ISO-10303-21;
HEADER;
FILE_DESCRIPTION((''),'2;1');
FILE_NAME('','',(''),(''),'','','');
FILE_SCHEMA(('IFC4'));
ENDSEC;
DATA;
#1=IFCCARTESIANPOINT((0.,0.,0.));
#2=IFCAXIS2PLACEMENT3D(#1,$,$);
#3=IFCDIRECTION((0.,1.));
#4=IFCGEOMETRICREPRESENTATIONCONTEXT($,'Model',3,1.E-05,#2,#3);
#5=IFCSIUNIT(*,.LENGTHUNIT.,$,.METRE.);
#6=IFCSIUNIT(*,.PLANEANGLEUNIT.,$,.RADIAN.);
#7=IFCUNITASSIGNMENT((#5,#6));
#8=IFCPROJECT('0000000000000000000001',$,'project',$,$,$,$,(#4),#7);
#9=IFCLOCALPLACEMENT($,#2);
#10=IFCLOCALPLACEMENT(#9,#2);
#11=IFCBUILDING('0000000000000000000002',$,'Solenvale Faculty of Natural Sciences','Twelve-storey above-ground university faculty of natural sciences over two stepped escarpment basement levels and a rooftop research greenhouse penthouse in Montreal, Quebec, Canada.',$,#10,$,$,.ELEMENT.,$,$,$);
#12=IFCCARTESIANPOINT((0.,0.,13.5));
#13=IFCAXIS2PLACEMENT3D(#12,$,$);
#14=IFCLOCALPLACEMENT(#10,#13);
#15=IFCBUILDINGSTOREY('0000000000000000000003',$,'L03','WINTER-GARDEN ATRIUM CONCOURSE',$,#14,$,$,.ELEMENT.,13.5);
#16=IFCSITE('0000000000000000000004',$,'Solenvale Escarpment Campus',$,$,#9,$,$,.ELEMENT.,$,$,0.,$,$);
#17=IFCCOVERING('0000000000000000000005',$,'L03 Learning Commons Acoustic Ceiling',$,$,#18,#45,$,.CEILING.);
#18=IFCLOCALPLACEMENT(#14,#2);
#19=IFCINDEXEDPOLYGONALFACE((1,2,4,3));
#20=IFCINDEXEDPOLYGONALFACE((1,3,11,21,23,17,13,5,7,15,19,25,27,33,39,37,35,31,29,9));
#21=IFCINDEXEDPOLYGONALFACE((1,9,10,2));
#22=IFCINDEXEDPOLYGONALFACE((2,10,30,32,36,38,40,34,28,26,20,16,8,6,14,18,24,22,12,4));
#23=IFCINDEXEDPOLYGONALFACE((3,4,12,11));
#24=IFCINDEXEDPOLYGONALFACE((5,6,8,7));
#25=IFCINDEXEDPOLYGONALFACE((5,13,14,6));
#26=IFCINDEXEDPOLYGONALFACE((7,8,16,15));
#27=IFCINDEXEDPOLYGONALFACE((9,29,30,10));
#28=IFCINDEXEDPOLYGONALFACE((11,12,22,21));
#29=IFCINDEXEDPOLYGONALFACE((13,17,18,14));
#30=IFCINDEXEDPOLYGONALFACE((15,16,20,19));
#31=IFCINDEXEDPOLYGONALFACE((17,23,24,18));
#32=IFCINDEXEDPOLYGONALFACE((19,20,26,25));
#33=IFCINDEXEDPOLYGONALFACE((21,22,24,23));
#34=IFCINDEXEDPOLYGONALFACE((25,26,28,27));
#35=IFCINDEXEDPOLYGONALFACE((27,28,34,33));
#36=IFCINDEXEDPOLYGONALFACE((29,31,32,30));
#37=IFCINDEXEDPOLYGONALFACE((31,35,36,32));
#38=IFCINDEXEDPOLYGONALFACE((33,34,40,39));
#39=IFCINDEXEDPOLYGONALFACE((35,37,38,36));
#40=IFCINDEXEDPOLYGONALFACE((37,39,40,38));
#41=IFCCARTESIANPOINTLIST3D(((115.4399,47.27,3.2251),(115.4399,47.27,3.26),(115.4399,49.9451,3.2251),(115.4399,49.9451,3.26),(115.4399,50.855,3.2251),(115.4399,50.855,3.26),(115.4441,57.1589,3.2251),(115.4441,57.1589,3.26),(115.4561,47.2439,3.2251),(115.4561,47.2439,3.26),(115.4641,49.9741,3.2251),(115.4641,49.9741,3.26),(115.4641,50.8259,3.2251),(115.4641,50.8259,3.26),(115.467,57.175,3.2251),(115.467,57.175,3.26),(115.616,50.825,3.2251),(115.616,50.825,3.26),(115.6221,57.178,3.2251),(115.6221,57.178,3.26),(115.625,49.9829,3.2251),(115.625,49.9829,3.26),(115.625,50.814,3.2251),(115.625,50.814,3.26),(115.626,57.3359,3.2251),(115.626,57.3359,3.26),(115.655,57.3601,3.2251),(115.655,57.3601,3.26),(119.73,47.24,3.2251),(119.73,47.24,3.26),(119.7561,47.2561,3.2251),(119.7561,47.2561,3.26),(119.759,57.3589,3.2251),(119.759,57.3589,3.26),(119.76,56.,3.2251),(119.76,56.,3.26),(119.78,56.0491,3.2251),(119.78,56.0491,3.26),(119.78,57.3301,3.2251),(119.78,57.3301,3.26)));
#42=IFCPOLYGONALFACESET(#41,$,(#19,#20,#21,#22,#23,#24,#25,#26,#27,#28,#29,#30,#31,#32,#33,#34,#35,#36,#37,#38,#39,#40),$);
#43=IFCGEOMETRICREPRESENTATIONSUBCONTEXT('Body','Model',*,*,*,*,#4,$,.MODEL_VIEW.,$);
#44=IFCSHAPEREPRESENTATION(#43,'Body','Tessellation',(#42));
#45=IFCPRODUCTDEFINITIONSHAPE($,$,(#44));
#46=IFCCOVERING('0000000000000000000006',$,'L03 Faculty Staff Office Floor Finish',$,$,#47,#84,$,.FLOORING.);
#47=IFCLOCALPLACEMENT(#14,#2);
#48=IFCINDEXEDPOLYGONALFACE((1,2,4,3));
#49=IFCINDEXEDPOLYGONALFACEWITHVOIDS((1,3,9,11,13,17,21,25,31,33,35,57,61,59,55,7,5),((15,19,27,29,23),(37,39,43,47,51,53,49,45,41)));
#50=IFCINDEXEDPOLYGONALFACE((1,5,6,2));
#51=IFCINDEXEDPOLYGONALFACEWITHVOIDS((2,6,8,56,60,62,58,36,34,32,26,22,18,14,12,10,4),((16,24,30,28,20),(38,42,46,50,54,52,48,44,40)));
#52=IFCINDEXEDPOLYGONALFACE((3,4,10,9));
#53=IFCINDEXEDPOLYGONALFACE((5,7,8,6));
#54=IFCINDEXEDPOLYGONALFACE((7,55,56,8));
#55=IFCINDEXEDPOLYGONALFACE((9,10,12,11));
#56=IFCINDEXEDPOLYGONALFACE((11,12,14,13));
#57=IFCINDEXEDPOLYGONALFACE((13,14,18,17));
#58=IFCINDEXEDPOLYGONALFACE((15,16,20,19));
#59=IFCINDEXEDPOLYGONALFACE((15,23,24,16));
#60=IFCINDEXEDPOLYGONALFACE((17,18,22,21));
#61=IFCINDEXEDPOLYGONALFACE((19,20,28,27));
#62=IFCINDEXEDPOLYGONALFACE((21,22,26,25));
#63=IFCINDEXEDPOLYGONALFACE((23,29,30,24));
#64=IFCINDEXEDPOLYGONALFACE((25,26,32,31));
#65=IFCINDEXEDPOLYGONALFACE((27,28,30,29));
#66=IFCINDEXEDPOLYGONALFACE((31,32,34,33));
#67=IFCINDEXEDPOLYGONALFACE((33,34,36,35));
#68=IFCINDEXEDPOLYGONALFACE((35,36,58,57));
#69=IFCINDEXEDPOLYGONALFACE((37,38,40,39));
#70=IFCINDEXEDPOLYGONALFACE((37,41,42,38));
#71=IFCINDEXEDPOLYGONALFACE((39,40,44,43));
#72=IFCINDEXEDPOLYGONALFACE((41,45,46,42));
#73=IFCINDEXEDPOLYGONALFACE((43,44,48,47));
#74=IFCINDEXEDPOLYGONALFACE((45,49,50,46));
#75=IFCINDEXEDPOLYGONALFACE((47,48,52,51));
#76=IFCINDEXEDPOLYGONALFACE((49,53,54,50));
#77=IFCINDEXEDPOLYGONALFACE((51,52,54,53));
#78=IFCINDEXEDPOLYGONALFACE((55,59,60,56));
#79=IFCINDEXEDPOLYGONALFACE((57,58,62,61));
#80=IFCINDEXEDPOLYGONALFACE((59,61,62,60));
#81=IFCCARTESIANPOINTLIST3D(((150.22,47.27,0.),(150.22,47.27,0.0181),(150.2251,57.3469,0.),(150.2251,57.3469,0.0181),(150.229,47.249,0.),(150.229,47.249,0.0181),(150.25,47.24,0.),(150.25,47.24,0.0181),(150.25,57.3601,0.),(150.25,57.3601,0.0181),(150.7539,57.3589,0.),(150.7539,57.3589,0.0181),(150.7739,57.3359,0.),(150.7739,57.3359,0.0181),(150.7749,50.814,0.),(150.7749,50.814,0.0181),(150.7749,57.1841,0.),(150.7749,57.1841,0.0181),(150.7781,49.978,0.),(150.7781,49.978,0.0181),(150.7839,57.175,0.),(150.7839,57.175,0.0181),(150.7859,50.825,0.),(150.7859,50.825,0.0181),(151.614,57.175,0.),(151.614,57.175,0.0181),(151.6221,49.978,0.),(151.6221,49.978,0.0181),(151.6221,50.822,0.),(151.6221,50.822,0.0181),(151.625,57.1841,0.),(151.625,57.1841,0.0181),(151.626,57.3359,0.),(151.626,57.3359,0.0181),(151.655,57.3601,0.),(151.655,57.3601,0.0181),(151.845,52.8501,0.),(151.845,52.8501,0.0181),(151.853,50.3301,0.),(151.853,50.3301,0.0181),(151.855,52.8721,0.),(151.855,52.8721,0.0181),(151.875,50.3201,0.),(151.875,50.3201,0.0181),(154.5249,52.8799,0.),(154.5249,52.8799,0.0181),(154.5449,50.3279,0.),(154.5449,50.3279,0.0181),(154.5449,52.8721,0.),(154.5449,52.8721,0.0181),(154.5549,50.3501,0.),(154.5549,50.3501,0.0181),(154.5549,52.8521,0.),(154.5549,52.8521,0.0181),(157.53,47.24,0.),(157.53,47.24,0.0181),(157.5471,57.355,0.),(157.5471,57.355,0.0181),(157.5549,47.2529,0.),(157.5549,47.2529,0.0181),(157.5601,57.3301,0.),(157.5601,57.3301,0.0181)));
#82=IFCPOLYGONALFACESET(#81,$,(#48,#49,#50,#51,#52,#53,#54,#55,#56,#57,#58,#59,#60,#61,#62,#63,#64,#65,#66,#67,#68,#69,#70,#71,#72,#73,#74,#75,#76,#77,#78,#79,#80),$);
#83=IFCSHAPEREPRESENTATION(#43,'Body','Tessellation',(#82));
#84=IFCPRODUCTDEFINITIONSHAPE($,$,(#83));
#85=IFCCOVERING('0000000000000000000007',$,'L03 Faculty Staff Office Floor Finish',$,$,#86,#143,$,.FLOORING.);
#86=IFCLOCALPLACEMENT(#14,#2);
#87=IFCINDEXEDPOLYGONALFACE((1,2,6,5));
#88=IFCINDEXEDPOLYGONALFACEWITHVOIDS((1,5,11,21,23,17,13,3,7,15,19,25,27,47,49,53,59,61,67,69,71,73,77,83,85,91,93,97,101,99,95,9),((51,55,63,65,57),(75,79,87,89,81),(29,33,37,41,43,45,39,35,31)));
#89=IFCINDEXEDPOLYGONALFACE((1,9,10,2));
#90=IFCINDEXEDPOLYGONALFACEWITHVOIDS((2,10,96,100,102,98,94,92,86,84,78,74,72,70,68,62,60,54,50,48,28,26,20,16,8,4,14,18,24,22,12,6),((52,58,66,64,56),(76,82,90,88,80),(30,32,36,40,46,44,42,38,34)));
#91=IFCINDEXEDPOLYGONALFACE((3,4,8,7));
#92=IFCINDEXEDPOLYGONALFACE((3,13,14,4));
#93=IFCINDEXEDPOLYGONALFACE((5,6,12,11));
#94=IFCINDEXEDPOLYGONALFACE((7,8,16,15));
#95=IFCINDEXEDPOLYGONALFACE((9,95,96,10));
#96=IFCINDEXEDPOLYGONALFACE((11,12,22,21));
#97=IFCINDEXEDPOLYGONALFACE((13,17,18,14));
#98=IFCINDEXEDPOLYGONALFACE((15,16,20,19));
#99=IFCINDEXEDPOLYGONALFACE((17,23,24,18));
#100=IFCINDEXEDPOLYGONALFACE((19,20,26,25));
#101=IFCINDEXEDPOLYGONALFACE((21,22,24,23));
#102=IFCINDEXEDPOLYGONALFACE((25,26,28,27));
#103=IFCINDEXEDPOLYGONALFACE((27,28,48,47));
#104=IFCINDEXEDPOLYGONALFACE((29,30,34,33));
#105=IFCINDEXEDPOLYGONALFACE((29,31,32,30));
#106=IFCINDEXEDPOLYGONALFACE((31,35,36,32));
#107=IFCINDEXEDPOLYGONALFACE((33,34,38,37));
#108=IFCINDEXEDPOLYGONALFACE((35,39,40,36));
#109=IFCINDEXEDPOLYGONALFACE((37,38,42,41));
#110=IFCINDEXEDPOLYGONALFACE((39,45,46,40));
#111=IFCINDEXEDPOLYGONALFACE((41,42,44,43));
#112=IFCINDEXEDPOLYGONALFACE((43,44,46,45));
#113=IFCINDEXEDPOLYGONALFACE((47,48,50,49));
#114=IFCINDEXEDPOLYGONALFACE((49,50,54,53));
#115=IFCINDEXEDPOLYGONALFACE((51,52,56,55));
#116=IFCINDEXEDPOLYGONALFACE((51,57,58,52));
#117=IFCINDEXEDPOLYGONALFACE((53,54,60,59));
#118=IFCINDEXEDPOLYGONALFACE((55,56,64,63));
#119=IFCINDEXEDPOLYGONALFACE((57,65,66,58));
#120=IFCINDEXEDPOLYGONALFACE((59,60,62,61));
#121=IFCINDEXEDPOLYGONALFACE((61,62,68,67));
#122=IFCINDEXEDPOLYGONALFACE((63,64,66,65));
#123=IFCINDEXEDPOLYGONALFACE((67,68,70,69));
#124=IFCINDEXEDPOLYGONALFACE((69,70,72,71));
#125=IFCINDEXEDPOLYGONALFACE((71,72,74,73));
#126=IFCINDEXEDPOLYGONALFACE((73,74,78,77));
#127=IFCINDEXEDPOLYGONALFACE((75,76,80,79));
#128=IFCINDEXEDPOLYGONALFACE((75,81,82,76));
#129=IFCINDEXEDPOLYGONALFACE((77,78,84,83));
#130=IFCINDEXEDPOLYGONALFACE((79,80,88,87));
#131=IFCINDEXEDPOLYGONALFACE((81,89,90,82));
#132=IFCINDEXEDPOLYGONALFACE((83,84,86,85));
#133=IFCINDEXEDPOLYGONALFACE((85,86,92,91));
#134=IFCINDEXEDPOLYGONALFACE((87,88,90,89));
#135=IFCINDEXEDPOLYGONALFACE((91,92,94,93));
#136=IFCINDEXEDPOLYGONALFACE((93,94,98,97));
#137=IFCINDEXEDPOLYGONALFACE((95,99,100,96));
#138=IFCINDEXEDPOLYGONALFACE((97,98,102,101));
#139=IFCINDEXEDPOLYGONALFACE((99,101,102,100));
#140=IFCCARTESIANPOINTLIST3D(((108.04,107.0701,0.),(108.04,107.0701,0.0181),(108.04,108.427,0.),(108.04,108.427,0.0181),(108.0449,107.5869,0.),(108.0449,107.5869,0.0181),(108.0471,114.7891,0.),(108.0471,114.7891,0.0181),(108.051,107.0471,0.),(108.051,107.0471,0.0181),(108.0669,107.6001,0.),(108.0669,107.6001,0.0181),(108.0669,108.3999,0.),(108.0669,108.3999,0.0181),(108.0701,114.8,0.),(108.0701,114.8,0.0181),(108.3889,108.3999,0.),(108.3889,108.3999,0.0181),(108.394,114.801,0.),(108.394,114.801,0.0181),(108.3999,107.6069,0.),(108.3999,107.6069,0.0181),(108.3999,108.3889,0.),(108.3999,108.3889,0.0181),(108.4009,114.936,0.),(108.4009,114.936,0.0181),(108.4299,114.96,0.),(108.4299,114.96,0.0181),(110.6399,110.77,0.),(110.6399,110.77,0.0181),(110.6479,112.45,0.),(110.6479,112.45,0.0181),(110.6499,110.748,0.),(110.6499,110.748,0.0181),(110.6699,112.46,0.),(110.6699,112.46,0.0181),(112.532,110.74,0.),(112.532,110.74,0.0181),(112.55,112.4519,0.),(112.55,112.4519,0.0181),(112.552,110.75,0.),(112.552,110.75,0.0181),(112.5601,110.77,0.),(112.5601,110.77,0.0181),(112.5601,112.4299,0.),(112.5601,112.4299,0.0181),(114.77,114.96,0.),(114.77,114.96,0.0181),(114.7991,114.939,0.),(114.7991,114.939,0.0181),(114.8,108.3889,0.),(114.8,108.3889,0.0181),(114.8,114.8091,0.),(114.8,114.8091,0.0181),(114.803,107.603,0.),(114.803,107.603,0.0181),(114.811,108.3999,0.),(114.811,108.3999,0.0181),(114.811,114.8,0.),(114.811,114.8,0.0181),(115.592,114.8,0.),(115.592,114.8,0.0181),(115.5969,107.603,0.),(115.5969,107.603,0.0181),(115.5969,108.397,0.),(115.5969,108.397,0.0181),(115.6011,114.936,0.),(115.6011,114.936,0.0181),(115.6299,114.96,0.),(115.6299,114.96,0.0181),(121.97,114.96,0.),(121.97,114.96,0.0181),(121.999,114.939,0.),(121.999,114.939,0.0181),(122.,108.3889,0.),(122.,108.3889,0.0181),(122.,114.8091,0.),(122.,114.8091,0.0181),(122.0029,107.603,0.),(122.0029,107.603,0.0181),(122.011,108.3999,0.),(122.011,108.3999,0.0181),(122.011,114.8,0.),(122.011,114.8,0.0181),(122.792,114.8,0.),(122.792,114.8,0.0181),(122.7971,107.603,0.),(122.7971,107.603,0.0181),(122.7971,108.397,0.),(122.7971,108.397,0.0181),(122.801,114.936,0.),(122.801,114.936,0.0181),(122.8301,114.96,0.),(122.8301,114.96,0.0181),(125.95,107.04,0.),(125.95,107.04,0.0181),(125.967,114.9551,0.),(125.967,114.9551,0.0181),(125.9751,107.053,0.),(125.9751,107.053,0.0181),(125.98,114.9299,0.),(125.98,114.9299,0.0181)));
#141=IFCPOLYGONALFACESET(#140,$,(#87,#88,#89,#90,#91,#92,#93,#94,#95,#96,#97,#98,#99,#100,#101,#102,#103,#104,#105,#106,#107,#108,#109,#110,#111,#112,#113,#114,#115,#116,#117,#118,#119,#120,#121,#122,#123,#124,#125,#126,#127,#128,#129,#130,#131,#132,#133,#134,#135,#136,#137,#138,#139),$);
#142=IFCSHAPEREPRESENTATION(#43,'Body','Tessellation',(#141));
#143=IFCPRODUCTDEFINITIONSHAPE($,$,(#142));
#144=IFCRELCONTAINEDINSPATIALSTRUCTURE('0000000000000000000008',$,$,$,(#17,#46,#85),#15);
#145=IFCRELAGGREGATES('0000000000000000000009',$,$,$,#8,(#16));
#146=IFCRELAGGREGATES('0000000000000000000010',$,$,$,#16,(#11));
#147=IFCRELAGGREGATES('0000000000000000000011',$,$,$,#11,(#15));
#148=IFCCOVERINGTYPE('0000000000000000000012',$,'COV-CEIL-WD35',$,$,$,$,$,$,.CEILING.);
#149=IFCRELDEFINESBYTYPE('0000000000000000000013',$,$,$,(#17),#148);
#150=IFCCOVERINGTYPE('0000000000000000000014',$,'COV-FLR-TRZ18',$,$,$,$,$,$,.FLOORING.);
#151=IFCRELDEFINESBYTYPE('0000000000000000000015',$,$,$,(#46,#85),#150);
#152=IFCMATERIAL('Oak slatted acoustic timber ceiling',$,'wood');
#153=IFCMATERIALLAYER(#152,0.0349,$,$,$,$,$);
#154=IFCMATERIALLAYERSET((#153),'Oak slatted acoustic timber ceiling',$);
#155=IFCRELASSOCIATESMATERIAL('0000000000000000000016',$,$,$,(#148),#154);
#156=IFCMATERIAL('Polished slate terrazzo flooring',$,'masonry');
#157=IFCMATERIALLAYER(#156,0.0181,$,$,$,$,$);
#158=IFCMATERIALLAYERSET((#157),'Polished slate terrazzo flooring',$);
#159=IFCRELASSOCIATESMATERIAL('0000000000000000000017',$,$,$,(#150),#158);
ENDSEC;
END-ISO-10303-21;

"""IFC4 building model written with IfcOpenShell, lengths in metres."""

from ifc_helpers import new_model, si_unit, direction, frame, origin, place, context, subcontext, project, spatial, polyline, outline, extrude, material, layer, layer_set, type_object, element, save


model = new_model("IFC4")

# Units and contexts
model_context = context("Model", 3, precision=1e-05, world=origin(), true_north=direction((0.0, 1.0)))
body_context = subcontext(model_context, "Body", "Model", "MODEL_VIEW")
ifc_project = project(units=[si_unit("LENGTHUNIT", "METRE"), si_unit("PLANEANGLEUNIT", "RADIAN")], contexts=[model_context])

# Site, building, storey
site_placement = place(None, origin())
site = spatial("IfcSite", under=ifc_project, at=site_placement, Name="Solenvale Escarpment Campus", CompositionType="ELEMENT", RefElevation=0.0)
building_placement = place(site_placement, origin())
building = spatial("IfcBuilding", under=site, at=building_placement, Name="Solenvale Faculty of Natural Sciences", Description="Twelve-storey above-ground university faculty of natural sciences over two stepped escarpment basement levels and a rooftop research greenhouse penthouse in Montreal, Quebec, Canada.", CompositionType="ELEMENT")
storey_placement = place(building_placement, frame((0.0, 0.0, 13.5)))
storey = spatial("IfcBuildingStorey", under=building, at=storey_placement, Name="L03", Description="WINTER-GARDEN ATRIUM CONCOURSE", CompositionType="ELEMENT", Elevation=13.5)

# Coverings
ifc_material_1 = material(Name="Oak slatted acoustic timber ceiling", Category="wood")
ifc_layer_1 = layer(ifc_material_1, 0.0349)
ifc_layer_set_1 = layer_set([ifc_layer_1], Name="Oak slatted acoustic timber ceiling")
covering_type_1 = type_object("IfcCoveringType", Name="COV-CEIL-WD35", PredefinedType="CEILING", material=ifc_layer_set_1)
covering_1_placement = place(storey_placement, frame((0.0, 0.0, 3.2251)))
element("IfcCovering", 1, at=covering_1_placement, inside=storey, type_object=covering_type_1, Name="L03 Learning Commons Acoustic Ceiling", PredefinedType="CEILING", context=body_context, shape_type="SweptSolid", body=[
    extrude(outline(polyline([(119.78, 56.0491), (119.76, 56.0), (119.7561, 47.2561), (119.73, 47.24), (115.4561, 47.2439), (115.4399, 47.27), (115.4399, 49.9451), (115.4641, 49.9741), (115.625, 49.9829), (115.625, 50.814), (115.616, 50.825), (115.4641, 50.8259), (115.4399, 50.855), (115.4441, 57.1589), (115.467, 57.175), (115.6221, 57.178), (115.626, 57.3359), (115.655, 57.3601), (119.759, 57.3589), (119.78, 57.3301), (119.78, 56.0491)])), origin(), (0.0, 0.0, 1.0), 0.0349),
])
ifc_material_2 = material(Name="Polished slate terrazzo flooring", Category="masonry")
ifc_layer_2 = layer(ifc_material_2, 0.0181)
ifc_layer_set_2 = layer_set([ifc_layer_2], Name="Polished slate terrazzo flooring")
covering_type_2 = type_object("IfcCoveringType", Name="COV-FLR-TRZ18", PredefinedType="FLOORING", material=ifc_layer_set_2)
covering_2_placement = place(storey_placement, origin())
element("IfcCovering", 2, at=covering_2_placement, inside=storey, type_object=covering_type_2, Name="L03 Faculty Staff Office Floor Finish", PredefinedType="FLOORING", context=body_context, shape_type="SweptSolid", body=[
    extrude(outline(polyline([(150.25, 47.24), (150.229, 47.249), (150.22, 47.27), (150.2251, 57.3469), (150.25, 57.3601), (150.7539, 57.3589), (150.7739, 57.3359), (150.7749, 57.1841), (150.7839, 57.175), (151.614, 57.175), (151.625, 57.1841), (151.626, 57.3359), (151.655, 57.3601), (157.5471, 57.355), (157.5601, 57.3301), (157.5549, 47.2529), (157.53, 47.24), (150.25, 47.24)]), holes=[polyline([(154.5549, 52.8521), (154.5449, 52.8721), (154.5249, 52.8799), (151.855, 52.8721), (151.845, 52.8501), (151.853, 50.3301), (151.875, 50.3201), (154.5449, 50.3279), (154.5549, 50.3501), (154.5549, 52.8521)]), polyline([(150.7859, 50.825), (150.7749, 50.814), (150.7781, 49.978), (151.6221, 49.978), (151.6221, 50.822), (150.7859, 50.825)])]), origin(), (0.0, 0.0, 1.0), 0.0181),
])
covering_3_placement = place(storey_placement, origin())
element("IfcCovering", 3, at=covering_3_placement, inside=storey, type_object=covering_type_2, Name="L03 Faculty Staff Office Floor Finish", PredefinedType="FLOORING", context=body_context, shape_type="SweptSolid", body=[
    extrude(outline(polyline([(114.77, 114.96), (114.7991, 114.939), (114.8, 114.8091), (114.811, 114.8), (115.592, 114.8), (115.6011, 114.936), (115.6299, 114.96), (121.97, 114.96), (121.999, 114.939), (122.0, 114.8091), (122.011, 114.8), (122.792, 114.8), (122.801, 114.936), (122.8301, 114.96), (125.967, 114.9551), (125.98, 114.9299), (125.9751, 107.053), (125.95, 107.04), (108.051, 107.0471), (108.04, 107.0701), (108.0449, 107.5869), (108.0669, 107.6001), (108.3999, 107.6069), (108.3999, 108.3889), (108.3889, 108.3999), (108.0669, 108.3999), (108.04, 108.427), (108.0471, 114.7891), (108.0701, 114.8), (108.394, 114.801), (108.4009, 114.936), (108.4299, 114.96), (114.77, 114.96)]), holes=[polyline([(122.011, 108.3999), (122.0, 108.3889), (122.0029, 107.603), (122.7971, 107.603), (122.7971, 108.397), (122.011, 108.3999)]), polyline([(114.811, 108.3999), (114.8, 108.3889), (114.803, 107.603), (115.5969, 107.603), (115.5969, 108.397), (114.811, 108.3999)]), polyline([(112.532, 110.74), (112.552, 110.75), (112.5601, 110.77), (112.5601, 112.4299), (112.55, 112.4519), (110.6699, 112.46), (110.6479, 112.45), (110.6399, 110.77), (110.6499, 110.748), (112.532, 110.74)])]), origin(), (0.0, 0.0, 1.0), 0.0181),
])

save(model, "model.ifc")
